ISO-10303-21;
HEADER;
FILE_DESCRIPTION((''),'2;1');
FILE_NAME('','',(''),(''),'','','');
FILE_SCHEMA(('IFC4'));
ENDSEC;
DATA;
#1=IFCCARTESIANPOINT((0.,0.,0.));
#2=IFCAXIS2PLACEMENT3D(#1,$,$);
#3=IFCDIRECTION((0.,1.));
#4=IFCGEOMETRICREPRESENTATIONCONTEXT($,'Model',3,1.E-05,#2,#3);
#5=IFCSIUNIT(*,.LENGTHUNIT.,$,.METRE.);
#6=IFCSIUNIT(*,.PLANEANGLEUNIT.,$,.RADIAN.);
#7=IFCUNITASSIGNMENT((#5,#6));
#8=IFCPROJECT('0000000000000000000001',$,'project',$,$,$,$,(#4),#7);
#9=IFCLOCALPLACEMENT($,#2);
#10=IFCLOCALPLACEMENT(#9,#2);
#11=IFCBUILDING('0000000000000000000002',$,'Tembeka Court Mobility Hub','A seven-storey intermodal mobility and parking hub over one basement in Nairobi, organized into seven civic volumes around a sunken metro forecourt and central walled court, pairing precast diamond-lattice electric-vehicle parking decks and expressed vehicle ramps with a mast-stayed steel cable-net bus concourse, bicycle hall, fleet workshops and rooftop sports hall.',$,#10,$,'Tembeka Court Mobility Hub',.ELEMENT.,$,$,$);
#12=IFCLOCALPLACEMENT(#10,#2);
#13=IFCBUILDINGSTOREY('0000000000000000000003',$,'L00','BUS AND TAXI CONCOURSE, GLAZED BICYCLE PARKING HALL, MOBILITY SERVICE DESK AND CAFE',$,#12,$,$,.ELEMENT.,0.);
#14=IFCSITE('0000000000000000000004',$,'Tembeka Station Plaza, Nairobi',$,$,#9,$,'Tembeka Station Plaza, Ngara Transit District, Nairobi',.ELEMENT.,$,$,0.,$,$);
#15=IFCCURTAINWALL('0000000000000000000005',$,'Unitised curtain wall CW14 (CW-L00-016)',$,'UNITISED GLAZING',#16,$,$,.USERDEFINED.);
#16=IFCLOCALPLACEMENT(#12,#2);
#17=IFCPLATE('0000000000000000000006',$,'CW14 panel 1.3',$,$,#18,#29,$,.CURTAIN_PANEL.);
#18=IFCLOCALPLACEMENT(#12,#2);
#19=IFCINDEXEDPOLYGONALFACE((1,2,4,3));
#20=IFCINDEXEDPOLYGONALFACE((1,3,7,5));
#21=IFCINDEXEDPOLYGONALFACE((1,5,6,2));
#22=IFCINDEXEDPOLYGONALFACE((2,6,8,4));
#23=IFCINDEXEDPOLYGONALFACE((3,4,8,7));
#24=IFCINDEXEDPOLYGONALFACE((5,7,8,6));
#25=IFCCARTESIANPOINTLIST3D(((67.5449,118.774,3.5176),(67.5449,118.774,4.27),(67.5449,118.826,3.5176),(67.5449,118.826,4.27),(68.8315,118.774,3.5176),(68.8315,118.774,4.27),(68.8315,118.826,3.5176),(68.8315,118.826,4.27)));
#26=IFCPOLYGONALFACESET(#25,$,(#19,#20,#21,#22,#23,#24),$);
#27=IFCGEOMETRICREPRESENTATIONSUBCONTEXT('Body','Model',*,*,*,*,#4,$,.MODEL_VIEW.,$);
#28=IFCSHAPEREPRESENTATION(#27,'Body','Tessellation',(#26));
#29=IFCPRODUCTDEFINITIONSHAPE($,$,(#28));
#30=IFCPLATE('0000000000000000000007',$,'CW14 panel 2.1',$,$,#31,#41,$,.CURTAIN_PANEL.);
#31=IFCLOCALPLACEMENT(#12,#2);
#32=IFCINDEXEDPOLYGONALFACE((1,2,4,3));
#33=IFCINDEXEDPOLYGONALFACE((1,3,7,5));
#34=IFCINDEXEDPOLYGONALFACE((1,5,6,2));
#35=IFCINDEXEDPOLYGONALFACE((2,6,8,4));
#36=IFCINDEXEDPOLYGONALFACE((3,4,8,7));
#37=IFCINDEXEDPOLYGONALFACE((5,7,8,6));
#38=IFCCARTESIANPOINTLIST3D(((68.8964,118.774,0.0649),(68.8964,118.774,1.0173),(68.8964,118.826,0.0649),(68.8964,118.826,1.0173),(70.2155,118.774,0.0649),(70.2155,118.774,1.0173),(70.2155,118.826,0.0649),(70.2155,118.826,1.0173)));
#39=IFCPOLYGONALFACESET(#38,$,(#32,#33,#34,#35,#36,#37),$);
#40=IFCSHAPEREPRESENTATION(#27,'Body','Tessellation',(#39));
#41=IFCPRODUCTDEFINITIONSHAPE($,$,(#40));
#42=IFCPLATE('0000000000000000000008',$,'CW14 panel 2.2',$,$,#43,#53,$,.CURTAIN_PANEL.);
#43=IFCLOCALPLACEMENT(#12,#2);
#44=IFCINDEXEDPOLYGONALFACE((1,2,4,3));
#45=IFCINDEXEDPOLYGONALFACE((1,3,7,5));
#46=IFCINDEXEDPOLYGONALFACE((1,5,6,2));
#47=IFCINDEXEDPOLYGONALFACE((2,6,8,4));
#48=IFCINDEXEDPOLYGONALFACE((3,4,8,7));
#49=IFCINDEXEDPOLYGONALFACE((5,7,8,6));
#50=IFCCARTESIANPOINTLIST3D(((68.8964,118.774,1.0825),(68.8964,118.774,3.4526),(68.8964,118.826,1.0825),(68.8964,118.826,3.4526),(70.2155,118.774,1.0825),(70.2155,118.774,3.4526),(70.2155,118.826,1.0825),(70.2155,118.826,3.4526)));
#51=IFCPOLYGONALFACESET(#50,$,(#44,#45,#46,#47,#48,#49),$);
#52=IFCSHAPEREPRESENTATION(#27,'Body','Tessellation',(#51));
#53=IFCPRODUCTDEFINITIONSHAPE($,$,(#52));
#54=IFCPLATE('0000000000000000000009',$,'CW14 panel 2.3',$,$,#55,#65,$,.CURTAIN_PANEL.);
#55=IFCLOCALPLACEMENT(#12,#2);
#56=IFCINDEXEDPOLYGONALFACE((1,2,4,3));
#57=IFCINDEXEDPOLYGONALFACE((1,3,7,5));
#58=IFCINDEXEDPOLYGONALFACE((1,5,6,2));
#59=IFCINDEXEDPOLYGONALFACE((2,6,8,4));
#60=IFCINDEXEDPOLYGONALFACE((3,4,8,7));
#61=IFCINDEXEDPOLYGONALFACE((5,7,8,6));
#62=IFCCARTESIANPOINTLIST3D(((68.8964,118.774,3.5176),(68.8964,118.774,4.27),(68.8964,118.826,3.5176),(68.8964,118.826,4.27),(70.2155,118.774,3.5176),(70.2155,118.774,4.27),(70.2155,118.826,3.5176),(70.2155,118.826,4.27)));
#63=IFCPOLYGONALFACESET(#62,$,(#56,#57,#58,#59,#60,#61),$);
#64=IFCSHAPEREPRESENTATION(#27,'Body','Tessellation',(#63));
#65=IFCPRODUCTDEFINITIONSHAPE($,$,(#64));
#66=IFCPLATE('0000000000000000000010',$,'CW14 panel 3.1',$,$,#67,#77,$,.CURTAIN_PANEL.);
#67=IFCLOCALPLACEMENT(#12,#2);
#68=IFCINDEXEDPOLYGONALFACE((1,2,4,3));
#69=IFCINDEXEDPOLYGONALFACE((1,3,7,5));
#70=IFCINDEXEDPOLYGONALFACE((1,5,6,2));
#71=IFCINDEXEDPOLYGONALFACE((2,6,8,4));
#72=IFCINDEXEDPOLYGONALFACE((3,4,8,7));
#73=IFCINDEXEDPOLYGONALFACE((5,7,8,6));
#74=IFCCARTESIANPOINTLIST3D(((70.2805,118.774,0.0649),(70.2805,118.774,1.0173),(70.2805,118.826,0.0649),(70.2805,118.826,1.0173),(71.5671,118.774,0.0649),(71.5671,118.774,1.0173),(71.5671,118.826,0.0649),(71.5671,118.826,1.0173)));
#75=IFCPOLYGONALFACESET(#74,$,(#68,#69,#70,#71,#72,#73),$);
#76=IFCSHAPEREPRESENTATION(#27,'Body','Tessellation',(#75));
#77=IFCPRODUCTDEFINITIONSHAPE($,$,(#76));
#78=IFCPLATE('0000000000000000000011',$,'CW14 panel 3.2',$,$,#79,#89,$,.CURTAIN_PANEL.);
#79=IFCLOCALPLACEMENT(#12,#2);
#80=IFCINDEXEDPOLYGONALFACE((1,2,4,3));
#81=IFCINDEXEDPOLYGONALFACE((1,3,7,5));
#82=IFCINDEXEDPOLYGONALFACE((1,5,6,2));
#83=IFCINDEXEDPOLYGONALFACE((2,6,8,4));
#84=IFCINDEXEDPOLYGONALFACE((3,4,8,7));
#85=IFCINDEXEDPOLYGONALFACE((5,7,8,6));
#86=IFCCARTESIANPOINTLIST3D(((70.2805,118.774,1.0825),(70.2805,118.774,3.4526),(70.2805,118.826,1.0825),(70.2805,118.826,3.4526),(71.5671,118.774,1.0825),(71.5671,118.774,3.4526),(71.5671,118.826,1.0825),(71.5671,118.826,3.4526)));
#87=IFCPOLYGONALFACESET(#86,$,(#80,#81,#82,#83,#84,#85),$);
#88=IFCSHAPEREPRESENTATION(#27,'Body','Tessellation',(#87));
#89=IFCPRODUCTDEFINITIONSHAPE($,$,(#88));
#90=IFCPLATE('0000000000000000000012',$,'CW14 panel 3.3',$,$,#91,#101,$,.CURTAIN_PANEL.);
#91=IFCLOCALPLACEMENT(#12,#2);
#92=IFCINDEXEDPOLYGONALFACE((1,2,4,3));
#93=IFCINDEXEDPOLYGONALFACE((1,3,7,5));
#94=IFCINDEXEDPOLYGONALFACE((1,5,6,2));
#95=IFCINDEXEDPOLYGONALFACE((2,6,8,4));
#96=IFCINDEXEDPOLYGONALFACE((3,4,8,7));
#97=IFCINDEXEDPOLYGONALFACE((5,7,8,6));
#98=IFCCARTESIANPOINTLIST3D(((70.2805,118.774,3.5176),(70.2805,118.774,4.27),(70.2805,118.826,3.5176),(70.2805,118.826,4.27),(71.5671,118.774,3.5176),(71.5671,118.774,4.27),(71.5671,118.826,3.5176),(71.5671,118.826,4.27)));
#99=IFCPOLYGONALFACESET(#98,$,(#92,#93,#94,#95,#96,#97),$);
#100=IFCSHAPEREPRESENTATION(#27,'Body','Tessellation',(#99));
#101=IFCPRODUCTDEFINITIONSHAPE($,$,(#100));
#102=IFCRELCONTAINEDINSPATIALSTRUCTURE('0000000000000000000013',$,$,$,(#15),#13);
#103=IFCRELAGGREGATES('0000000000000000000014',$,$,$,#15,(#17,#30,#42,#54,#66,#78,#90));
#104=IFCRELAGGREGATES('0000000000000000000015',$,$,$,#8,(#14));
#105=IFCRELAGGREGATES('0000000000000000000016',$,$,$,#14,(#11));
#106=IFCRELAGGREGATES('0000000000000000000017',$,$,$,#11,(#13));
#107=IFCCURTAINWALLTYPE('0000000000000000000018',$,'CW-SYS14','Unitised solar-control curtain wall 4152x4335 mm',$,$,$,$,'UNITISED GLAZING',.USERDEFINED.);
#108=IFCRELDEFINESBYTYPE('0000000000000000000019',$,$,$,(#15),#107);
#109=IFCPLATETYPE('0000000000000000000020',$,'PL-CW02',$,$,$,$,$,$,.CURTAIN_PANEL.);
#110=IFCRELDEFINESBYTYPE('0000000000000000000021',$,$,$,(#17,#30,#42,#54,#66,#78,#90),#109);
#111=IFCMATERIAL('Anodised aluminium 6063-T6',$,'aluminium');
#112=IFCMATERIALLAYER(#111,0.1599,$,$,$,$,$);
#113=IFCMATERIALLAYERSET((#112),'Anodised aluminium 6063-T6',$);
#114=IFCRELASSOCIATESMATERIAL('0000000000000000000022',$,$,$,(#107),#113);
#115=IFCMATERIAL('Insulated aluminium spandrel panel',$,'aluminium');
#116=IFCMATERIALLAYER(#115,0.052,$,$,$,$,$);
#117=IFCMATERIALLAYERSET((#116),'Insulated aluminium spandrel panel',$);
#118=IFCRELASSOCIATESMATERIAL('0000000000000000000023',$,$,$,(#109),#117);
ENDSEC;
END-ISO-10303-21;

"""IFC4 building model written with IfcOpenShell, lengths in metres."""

from ifc_helpers import new_model, si_unit, direction, frame, origin, origin_2d, place, context, subcontext, project, spatial, rectangle, extrude, material, layer, layer_set, type_object, element, aggregate, save


model = new_model("IFC4")

# Units and contexts
model_context = context("Model", 3, precision=1e-05, world=origin(), true_north=direction((0.0, 1.0)))
body_context = subcontext(model_context, "Body", "Model", "MODEL_VIEW")
ifc_project = project(units=[si_unit("LENGTHUNIT", "METRE"), si_unit("PLANEANGLEUNIT", "RADIAN")], contexts=[model_context])

# Site, building, storey
site_placement = place(None, origin())
site = spatial("IfcSite", under=ifc_project, at=site_placement, Name="Tembeka Station Plaza, Nairobi", LongName="Tembeka Station Plaza, Ngara Transit District, Nairobi", CompositionType="ELEMENT", RefElevation=0.0)
building_placement = place(site_placement, origin())
building = spatial("IfcBuilding", under=site, at=building_placement, Name="Tembeka Court Mobility Hub", Description="A seven-storey intermodal mobility and parking hub over one basement in Nairobi, organized into seven civic volumes around a sunken metro forecourt and central walled court, pairing precast diamond-lattice electric-vehicle parking decks and expressed vehicle ramps with a mast-stayed steel cable-net bus concourse, bicycle hall, fleet workshops and rooftop sports hall.", LongName="Tembeka Court Mobility Hub", CompositionType="ELEMENT")
storey_placement = place(building_placement, origin())
storey = spatial("IfcBuildingStorey", under=building, at=storey_placement, Name="L00", Description="BUS AND TAXI CONCOURSE, GLAZED BICYCLE PARKING HALL, MOBILITY SERVICE DESK AND CAFE", CompositionType="ELEMENT", Elevation=0.0)

# Shared definitions
ifc_material_1 = material(Name="Anodised aluminium 6063-T6", Category="aluminium")

# Curtain wall
ifc_layer_1 = layer(ifc_material_1, 0.1599)
ifc_layer_set_1 = layer_set([ifc_layer_1], Name="Anodised aluminium 6063-T6")
curtain_wall_type_1 = type_object("IfcCurtainWallType", Name="CW-SYS14", Description="Unitised solar-control curtain wall 4152x4335 mm", ElementType="UNITISED GLAZING", PredefinedType="USERDEFINED", material=ifc_layer_set_1)
curtain_wall_1_placement = place(storey_placement, origin())
curtain_wall_1 = element("IfcCurtainWall", 1, at=curtain_wall_1_placement, inside=storey, type_object=curtain_wall_type_1, Name="Unitised curtain wall CW14 (CW-L00-016)", ObjectType="UNITISED GLAZING", PredefinedType="USERDEFINED")

# Plates
ifc_material_2 = material(Name="Insulated aluminium spandrel panel", Category="aluminium")
ifc_layer_2 = layer(ifc_material_2, 0.052)
ifc_layer_set_2 = layer_set([ifc_layer_2], Name="Insulated aluminium spandrel panel")
plate_type_1 = type_object("IfcPlateType", Name="PL-CW02", PredefinedType="CURTAIN_PANEL", material=ifc_layer_set_2)
plate_1_placement = place(storey_placement, frame((68.1882, 118.8, 3.5176), z_axis=(0.0, 0.0, 1.0), x_axis=(1.0, 0.0, 0.0)))
plate_1 = element("IfcPlate", 2, at=plate_1_placement, type_object=plate_type_1, Name="CW14 panel 1.3", PredefinedType="CURTAIN_PANEL", context=body_context, shape_type="SweptSolid", body=[
    extrude(rectangle(XDim=1.2866, YDim=0.052, at=origin_2d()), origin(), (0.0, 0.0, 1.0), 0.7524),
])
plate_2_placement = place(storey_placement, frame((69.5559, 118.8, 0.0649), z_axis=(0.0, 0.0, 1.0), x_axis=(1.0, 0.0, 0.0)))
plate_2 = element("IfcPlate", 3, at=plate_2_placement, type_object=plate_type_1, Name="CW14 panel 2.1", PredefinedType="CURTAIN_PANEL", context=body_context, shape_type="SweptSolid", body=[
    extrude(rectangle(XDim=1.3191, YDim=0.052, at=origin_2d()), origin(), (0.0, 0.0, 1.0), 0.9524),
])
plate_3_placement = place(storey_placement, frame((69.5559, 118.8, 1.0825), z_axis=(0.0, 0.0, 1.0), x_axis=(1.0, 0.0, 0.0)))
plate_3 = element("IfcPlate", 4, at=plate_3_placement, type_object=plate_type_1, Name="CW14 panel 2.2", PredefinedType="CURTAIN_PANEL", context=body_context, shape_type="SweptSolid", body=[
    extrude(rectangle(XDim=1.3191, YDim=0.052, at=origin_2d()), origin(), (0.0, 0.0, 1.0), 2.3701),
])
plate_4_placement = place(storey_placement, frame((69.5559, 118.8, 3.5176), z_axis=(0.0, 0.0, 1.0), x_axis=(1.0, 0.0, 0.0)))
plate_4 = element("IfcPlate", 5, at=plate_4_placement, type_object=plate_type_1, Name="CW14 panel 2.3", PredefinedType="CURTAIN_PANEL", context=body_context, shape_type="SweptSolid", body=[
    extrude(rectangle(XDim=1.3191, YDim=0.052, at=origin_2d()), origin(), (0.0, 0.0, 1.0), 0.7524),
])
plate_5_placement = place(storey_placement, frame((70.9238, 118.8, 0.0649), z_axis=(0.0, 0.0, 1.0), x_axis=(1.0, 0.0, 0.0)))
plate_5 = element("IfcPlate", 6, at=plate_5_placement, type_object=plate_type_1, Name="CW14 panel 3.1", PredefinedType="CURTAIN_PANEL", context=body_context, shape_type="SweptSolid", body=[
    extrude(rectangle(XDim=1.2866, YDim=0.052, at=origin_2d()), origin(), (0.0, 0.0, 1.0), 0.9524),
])
plate_6_placement = place(storey_placement, frame((70.9238, 118.8, 1.0825), z_axis=(0.0, 0.0, 1.0), x_axis=(1.0, 0.0, 0.0)))
plate_6 = element("IfcPlate", 7, at=plate_6_placement, type_object=plate_type_1, Name="CW14 panel 3.2", PredefinedType="CURTAIN_PANEL", context=body_context, shape_type="SweptSolid", body=[
    extrude(rectangle(XDim=1.2866, YDim=0.052, at=origin_2d()), origin(), (0.0, 0.0, 1.0), 2.3701),
])
plate_7_placement = place(storey_placement, frame((70.9238, 118.8, 3.5176), z_axis=(0.0, 0.0, 1.0), x_axis=(1.0, 0.0, 0.0)))
plate_7 = element("IfcPlate", 8, at=plate_7_placement, type_object=plate_type_1, Name="CW14 panel 3.3", PredefinedType="CURTAIN_PANEL", context=body_context, shape_type="SweptSolid", body=[
    extrude(rectangle(XDim=1.2866, YDim=0.052, at=origin_2d()), origin(), (0.0, 0.0, 1.0), 0.7524),
])
aggregate(curtain_wall_1, [plate_1, plate_2, plate_3, plate_4, plate_5, plate_6, plate_7])

save(model, "model.ifc")
